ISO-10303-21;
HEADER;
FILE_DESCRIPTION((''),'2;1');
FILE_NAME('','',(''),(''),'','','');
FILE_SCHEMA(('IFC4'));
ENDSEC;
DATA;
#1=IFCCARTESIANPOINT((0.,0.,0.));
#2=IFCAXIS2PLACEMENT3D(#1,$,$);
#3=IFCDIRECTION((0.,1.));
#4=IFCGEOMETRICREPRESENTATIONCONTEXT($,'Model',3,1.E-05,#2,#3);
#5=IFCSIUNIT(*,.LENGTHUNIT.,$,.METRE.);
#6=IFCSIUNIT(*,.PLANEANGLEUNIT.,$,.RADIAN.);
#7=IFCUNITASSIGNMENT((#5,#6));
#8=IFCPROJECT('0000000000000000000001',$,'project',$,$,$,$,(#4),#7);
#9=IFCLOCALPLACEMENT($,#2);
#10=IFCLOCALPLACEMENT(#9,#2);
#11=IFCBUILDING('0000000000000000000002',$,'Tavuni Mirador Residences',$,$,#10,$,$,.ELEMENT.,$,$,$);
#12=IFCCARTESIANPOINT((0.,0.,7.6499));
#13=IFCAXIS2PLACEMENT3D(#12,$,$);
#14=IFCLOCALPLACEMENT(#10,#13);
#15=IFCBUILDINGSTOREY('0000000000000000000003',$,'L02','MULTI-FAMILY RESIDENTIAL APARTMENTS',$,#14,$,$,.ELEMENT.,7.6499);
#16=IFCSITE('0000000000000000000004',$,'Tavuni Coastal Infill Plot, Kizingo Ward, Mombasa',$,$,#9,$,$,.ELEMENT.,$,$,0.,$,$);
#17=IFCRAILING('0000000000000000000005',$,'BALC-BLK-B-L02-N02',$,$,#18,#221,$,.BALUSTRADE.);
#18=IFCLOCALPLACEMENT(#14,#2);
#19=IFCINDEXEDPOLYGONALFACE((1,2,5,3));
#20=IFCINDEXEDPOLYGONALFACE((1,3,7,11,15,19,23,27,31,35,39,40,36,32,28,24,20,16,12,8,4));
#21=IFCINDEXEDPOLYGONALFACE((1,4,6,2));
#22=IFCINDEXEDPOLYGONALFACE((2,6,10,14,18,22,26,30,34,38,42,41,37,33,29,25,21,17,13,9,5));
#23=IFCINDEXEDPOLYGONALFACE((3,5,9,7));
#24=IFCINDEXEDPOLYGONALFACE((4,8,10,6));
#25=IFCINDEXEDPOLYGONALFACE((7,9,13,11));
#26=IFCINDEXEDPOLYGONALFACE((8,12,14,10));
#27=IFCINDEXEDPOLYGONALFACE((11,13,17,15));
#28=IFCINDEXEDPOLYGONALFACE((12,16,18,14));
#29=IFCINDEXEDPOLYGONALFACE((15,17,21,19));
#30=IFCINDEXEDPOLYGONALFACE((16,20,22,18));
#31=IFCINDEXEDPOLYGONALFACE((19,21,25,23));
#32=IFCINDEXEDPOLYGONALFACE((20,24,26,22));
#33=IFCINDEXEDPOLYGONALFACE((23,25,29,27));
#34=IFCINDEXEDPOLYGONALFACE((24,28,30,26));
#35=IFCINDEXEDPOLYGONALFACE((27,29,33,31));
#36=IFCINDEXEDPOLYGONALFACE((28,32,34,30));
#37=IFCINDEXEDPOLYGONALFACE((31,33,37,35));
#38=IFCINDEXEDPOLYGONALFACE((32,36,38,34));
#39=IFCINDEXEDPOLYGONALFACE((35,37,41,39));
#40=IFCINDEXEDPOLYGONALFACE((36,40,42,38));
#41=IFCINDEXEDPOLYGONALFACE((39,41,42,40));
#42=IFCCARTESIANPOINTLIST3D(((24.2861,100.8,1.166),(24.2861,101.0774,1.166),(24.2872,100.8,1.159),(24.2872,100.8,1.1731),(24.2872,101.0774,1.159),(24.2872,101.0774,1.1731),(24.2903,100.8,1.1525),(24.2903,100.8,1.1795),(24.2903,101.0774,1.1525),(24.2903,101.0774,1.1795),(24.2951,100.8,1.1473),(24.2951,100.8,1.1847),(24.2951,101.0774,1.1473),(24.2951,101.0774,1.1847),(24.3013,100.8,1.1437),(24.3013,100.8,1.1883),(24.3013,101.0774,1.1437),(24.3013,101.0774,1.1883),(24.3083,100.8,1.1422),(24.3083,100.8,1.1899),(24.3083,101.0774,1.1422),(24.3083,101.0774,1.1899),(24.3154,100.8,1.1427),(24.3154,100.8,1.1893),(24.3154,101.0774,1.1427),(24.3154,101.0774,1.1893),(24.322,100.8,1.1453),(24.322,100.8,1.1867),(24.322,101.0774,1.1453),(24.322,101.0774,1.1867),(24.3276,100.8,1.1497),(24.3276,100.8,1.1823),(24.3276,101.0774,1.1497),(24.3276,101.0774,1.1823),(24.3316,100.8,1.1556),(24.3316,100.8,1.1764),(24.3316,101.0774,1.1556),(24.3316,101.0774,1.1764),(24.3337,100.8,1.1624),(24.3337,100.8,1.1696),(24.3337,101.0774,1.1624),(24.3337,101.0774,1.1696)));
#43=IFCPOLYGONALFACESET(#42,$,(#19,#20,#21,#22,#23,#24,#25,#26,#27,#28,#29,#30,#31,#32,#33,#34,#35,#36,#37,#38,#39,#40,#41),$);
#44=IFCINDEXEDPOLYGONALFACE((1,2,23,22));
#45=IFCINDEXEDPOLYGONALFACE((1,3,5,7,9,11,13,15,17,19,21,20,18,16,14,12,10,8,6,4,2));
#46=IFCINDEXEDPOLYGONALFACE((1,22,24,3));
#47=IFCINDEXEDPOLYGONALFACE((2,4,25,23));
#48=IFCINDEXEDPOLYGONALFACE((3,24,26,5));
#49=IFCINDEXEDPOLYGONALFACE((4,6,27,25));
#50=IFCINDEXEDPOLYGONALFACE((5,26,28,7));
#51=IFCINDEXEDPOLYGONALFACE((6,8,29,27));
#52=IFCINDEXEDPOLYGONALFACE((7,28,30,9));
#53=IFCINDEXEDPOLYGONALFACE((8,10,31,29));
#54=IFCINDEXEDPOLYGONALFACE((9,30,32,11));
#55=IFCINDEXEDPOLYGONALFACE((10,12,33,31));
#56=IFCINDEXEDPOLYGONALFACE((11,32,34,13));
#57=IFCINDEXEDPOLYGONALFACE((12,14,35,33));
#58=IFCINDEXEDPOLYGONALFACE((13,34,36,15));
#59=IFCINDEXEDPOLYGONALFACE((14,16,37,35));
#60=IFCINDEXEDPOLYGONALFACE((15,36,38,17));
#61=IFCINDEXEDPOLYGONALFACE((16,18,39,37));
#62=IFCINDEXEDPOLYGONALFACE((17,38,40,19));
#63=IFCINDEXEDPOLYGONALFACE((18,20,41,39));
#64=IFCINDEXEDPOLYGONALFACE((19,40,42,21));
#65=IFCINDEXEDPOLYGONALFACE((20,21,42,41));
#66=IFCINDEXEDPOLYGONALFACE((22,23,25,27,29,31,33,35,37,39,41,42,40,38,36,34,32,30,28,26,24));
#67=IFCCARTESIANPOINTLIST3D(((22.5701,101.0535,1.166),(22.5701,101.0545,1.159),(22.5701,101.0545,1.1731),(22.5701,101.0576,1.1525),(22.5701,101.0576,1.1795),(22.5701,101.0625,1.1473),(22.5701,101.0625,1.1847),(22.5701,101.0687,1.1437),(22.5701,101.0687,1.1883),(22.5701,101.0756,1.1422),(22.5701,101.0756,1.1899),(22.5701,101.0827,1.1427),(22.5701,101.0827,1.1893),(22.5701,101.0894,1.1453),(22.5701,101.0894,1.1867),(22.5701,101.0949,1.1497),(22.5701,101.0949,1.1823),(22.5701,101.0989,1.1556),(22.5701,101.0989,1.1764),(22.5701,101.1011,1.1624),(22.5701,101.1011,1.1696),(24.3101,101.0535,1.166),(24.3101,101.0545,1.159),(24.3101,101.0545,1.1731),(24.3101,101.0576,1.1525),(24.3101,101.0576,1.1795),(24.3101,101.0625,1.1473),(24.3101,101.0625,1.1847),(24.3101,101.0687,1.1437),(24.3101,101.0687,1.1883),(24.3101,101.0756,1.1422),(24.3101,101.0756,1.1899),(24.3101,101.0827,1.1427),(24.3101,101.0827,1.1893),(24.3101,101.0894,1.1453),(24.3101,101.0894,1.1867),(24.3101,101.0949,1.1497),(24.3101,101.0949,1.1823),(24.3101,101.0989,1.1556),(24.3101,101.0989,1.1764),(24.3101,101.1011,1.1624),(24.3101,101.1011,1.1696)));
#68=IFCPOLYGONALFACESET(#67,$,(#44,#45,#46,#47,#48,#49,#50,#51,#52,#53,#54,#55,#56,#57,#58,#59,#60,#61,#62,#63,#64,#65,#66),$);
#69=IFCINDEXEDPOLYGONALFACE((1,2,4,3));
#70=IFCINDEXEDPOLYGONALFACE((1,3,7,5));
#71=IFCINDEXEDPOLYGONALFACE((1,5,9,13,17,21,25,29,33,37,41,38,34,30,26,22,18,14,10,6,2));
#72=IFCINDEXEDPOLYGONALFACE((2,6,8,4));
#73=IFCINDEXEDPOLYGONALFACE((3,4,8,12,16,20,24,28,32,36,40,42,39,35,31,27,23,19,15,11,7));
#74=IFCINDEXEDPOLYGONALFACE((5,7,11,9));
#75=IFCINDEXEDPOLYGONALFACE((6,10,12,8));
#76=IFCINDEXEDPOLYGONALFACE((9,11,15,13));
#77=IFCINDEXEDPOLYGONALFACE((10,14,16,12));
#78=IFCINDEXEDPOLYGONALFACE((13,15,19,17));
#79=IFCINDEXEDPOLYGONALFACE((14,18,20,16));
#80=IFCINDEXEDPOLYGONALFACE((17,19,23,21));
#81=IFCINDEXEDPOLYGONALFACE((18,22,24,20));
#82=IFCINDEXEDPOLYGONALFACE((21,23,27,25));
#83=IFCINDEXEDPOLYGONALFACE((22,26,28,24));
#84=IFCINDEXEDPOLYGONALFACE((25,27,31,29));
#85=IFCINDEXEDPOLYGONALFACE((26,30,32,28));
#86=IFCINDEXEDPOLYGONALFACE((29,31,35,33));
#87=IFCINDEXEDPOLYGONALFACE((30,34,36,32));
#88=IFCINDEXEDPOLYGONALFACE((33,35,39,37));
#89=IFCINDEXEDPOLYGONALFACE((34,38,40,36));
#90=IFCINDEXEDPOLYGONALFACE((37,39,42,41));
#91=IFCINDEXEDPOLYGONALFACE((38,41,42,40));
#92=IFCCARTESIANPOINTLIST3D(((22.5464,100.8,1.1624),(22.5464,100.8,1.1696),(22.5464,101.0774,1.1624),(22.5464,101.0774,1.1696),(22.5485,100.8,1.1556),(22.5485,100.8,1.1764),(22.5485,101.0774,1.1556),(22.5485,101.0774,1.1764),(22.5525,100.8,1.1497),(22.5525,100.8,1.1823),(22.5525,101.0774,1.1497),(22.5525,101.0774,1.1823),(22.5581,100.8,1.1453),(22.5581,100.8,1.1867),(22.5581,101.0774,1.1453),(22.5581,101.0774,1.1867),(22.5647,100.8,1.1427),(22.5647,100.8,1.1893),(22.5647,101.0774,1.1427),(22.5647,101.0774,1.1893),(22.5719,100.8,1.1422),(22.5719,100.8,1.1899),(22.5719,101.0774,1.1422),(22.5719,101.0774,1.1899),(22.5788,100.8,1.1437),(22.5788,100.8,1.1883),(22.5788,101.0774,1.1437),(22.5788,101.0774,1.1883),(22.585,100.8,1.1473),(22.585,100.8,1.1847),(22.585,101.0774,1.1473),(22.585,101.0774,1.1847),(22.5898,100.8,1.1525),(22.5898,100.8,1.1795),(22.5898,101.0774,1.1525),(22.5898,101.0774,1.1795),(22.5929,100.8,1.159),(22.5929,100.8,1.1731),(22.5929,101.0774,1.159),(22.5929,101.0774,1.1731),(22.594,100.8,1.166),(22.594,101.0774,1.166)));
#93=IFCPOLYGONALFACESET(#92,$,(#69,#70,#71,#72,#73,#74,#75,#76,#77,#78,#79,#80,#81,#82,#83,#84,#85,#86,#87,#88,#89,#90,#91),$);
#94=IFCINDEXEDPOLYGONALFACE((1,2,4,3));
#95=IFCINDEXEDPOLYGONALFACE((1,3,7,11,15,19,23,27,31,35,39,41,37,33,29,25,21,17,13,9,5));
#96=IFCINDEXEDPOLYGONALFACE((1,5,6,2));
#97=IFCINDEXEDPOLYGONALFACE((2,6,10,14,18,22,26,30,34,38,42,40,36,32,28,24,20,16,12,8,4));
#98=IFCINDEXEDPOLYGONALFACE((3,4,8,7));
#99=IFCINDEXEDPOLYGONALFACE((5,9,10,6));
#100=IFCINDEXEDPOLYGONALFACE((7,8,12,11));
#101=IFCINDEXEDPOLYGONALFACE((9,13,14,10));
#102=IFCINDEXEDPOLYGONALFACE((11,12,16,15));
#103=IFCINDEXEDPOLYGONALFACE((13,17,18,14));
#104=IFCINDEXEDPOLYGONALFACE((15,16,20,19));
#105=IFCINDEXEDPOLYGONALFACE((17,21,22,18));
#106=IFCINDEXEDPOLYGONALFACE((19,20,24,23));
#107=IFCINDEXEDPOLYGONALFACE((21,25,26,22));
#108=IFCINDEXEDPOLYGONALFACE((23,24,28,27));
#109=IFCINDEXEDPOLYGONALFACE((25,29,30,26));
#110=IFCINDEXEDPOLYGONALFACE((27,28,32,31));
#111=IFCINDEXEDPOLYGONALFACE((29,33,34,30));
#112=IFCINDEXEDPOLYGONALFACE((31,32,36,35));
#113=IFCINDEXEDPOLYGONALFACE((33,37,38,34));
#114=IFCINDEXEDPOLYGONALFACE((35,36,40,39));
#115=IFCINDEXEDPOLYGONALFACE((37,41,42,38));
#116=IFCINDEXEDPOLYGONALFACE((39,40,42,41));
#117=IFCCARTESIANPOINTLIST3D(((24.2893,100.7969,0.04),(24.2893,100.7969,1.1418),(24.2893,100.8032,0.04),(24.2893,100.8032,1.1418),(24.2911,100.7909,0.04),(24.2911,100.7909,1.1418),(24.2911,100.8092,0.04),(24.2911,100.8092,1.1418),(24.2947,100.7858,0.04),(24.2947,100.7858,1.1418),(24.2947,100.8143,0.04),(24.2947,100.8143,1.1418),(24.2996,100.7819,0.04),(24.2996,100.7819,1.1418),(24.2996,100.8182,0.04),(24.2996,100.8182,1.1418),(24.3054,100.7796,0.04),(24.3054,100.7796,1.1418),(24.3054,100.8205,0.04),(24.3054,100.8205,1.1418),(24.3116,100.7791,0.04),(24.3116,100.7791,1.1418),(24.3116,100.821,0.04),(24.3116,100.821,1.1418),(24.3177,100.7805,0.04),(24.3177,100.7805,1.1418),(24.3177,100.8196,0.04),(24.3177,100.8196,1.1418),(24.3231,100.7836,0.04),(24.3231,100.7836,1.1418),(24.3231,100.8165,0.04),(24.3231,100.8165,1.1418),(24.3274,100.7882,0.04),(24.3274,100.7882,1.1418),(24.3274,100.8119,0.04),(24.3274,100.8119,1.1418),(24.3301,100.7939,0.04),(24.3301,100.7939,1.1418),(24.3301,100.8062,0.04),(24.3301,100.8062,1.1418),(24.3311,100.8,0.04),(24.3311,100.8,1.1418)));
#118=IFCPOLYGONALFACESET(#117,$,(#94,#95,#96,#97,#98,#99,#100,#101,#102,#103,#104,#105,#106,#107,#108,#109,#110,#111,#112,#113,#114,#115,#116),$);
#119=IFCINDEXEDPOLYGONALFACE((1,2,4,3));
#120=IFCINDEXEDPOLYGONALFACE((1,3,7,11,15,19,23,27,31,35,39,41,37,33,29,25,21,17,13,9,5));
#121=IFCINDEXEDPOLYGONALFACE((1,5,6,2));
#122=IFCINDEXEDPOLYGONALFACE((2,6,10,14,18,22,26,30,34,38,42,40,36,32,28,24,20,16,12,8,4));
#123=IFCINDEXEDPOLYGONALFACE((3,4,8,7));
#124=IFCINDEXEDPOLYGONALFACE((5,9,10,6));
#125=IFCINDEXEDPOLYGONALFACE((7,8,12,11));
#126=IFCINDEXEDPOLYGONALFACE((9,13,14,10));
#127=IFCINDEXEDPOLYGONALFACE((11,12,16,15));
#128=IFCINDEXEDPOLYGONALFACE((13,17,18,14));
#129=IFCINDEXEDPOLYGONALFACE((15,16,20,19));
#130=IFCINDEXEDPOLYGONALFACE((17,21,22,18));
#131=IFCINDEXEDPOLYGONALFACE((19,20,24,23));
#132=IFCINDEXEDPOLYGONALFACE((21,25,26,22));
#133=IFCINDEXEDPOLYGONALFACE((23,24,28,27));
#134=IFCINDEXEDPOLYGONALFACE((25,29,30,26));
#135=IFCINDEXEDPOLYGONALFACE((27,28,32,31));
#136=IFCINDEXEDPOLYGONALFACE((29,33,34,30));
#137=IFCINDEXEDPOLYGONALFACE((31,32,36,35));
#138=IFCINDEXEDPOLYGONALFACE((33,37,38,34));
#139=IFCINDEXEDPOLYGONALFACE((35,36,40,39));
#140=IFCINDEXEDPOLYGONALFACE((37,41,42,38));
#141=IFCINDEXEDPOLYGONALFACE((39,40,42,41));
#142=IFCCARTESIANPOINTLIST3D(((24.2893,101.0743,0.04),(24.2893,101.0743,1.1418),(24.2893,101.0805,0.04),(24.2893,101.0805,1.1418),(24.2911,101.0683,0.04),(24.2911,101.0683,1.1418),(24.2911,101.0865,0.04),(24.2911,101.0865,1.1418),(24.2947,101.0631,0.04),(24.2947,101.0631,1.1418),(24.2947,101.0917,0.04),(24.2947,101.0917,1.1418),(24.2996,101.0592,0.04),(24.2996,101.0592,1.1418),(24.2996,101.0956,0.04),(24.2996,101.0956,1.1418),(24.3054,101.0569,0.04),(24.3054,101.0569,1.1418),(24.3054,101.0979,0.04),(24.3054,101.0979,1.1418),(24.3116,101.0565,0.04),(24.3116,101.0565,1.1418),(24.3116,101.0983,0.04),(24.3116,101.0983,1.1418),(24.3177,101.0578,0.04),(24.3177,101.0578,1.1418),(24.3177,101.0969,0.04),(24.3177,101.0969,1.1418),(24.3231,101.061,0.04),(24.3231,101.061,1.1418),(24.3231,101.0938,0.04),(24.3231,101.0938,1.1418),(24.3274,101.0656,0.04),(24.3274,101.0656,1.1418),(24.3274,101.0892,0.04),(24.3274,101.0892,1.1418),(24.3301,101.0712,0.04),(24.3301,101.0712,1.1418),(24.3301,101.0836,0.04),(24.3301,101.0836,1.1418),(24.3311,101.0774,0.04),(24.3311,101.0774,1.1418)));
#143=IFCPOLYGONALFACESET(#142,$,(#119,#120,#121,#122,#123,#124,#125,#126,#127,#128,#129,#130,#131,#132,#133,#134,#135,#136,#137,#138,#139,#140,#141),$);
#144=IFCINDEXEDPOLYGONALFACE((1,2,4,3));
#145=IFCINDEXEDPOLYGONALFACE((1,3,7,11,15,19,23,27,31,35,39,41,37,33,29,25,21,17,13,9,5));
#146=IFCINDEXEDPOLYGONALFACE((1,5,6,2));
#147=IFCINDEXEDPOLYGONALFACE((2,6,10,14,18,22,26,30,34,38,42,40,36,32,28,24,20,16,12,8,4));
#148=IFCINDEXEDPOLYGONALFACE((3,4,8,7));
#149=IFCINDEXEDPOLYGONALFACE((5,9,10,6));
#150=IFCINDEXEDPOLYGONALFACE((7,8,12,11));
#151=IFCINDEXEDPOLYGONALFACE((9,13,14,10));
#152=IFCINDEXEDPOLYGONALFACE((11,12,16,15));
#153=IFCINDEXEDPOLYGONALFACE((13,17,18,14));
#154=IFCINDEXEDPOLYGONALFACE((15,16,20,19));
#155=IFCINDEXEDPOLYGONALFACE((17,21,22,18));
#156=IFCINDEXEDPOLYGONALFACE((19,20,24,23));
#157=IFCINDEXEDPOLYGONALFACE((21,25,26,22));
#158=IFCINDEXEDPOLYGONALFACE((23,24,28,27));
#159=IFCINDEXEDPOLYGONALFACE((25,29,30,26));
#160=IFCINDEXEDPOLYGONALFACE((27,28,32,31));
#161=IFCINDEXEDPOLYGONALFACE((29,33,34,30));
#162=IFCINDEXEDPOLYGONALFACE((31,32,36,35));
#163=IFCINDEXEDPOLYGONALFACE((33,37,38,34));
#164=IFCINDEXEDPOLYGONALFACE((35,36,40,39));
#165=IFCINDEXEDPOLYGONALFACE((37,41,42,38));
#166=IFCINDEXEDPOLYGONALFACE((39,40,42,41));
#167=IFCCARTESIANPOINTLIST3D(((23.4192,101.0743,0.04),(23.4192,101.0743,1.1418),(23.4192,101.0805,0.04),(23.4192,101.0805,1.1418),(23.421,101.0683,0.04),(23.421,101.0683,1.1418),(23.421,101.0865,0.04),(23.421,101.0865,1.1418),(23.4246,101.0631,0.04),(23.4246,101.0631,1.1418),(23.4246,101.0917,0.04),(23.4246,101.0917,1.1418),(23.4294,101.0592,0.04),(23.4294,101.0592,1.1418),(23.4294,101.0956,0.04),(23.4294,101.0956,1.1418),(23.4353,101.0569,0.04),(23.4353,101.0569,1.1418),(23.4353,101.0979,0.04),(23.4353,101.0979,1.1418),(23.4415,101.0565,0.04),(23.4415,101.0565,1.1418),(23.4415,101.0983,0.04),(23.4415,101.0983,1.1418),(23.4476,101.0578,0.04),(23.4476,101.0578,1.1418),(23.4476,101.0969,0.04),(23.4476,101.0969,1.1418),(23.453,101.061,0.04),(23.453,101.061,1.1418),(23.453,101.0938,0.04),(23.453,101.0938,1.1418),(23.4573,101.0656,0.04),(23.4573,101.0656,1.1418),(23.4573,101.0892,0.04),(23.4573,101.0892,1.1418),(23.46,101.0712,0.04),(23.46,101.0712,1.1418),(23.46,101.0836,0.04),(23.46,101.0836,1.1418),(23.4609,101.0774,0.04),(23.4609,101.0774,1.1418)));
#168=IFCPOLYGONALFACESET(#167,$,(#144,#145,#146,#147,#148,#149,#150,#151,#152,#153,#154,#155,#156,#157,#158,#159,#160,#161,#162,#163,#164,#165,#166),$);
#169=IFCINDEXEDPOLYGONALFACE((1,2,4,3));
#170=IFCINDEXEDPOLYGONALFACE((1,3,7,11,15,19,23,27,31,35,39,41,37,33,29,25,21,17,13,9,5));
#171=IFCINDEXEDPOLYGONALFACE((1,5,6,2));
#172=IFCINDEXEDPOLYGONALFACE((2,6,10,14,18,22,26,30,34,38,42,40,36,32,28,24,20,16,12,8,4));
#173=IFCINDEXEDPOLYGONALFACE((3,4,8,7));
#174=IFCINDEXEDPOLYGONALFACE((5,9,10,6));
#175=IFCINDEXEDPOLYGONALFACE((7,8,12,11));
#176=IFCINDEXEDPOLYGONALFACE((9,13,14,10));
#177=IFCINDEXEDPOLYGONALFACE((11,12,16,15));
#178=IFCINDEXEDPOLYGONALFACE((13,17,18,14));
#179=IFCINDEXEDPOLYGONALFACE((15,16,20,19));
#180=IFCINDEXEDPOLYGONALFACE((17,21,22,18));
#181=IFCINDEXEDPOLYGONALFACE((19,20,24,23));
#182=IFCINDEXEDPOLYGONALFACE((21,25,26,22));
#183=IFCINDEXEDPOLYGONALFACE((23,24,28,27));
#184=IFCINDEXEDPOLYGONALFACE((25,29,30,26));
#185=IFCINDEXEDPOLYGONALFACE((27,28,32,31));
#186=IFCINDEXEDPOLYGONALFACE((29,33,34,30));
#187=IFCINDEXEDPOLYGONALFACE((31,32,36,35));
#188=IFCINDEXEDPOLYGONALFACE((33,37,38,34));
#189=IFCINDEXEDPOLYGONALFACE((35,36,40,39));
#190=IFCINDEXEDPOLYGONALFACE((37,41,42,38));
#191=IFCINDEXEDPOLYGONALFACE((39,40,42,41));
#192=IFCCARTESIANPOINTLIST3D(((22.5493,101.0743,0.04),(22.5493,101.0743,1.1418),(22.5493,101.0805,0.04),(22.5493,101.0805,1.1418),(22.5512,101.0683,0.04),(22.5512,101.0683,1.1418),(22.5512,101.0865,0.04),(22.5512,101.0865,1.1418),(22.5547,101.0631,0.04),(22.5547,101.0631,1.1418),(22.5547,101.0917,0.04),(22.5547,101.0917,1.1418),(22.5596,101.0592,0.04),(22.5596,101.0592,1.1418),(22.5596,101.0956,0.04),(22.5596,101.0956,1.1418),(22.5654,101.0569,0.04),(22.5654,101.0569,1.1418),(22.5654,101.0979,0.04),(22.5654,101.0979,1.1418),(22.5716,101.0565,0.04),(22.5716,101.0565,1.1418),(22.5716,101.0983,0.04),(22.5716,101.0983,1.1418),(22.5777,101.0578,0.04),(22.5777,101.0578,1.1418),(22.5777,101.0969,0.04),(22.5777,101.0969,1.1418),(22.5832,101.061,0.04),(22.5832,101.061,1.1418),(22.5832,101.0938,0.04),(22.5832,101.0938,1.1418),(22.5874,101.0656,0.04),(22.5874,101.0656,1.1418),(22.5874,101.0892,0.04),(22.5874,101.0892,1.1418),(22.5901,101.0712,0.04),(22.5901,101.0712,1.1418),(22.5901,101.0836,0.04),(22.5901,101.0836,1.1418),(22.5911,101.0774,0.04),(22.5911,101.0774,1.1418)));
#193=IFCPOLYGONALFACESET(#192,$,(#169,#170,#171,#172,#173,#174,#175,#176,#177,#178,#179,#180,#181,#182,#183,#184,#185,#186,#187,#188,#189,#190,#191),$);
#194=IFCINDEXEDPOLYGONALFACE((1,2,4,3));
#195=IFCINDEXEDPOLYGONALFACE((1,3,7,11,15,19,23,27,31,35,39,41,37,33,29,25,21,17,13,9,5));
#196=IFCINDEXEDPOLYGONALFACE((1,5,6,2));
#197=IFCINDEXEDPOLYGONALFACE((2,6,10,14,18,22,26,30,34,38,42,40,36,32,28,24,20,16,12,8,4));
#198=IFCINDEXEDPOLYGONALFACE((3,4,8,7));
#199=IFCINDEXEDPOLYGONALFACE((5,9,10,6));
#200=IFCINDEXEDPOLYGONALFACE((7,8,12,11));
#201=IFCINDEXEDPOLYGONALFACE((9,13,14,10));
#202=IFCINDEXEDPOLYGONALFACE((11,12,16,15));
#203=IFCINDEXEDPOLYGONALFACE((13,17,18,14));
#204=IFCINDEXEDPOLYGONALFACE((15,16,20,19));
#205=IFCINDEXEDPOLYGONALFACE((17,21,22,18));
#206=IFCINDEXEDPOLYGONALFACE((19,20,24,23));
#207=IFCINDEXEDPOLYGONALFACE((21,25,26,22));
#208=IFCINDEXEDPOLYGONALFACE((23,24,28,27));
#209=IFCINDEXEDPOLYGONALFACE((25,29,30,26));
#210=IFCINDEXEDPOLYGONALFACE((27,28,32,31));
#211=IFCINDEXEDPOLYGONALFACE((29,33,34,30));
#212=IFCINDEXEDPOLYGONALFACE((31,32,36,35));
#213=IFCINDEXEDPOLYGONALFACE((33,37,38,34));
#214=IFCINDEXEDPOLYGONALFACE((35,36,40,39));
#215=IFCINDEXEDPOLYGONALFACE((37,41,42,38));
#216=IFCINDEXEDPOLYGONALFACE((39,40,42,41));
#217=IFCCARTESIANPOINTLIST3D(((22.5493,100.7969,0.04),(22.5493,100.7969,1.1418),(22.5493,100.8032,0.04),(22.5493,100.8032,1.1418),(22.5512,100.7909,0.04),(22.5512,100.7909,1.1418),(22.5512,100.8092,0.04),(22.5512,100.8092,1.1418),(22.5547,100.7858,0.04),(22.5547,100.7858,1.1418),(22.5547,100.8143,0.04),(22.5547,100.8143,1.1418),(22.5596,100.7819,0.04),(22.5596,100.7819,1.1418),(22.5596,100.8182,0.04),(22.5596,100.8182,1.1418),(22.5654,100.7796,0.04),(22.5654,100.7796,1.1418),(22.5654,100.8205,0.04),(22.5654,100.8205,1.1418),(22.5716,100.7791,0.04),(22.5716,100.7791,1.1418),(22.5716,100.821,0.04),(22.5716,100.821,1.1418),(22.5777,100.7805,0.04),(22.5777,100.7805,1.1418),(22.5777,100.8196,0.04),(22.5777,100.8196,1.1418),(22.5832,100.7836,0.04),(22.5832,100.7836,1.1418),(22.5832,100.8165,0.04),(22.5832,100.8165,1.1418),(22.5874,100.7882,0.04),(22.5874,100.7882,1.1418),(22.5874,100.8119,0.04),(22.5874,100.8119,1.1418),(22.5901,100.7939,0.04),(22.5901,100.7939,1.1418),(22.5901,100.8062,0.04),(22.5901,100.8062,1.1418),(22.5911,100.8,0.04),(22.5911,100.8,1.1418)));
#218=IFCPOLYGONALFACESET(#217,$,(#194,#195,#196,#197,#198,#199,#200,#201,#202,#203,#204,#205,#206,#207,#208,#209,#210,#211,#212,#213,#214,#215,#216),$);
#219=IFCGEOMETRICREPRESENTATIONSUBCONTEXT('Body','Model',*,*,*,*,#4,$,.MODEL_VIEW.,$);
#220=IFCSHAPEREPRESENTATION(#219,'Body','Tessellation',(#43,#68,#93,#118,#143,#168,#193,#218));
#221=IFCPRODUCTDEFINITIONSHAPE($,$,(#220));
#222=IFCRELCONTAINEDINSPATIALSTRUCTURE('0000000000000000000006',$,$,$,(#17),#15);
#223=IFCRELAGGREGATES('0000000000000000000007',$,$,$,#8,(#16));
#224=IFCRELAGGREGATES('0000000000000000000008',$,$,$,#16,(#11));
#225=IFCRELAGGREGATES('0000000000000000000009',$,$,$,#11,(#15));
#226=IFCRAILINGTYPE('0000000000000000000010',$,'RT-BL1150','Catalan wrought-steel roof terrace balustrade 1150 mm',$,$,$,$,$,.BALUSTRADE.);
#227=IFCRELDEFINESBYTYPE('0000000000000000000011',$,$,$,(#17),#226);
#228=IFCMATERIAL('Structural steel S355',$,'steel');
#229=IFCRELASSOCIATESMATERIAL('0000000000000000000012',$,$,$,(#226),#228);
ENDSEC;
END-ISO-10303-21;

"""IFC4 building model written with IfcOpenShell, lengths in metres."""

from ifc_helpers import new_model, si_unit, direction, frame, origin, origin_2d, place, context, subcontext, project, spatial, circle, extrude, material, type_object, element, save


model = new_model("IFC4")

# Units and contexts
model_context = context("Model", 3, precision=1e-05, world=origin(), true_north=direction((0.0, 1.0)))
body_context = subcontext(model_context, "Body", "Model", "MODEL_VIEW")
ifc_project = project(units=[si_unit("LENGTHUNIT", "METRE"), si_unit("PLANEANGLEUNIT", "RADIAN")], contexts=[model_context])

# Site, building, storey
site_placement = place(None, origin())
site = spatial("IfcSite", under=ifc_project, at=site_placement, Name="Tavuni Coastal Infill Plot, Kizingo Ward, Mombasa", CompositionType="ELEMENT", RefElevation=0.0)
building_placement = place(site_placement, origin())
building = spatial("IfcBuilding", under=site, at=building_placement, Name="Tavuni Mirador Residences", CompositionType="ELEMENT")
storey_placement = place(building_placement, frame((0.0, 0.0, 7.6499)))
storey = spatial("IfcBuildingStorey", under=building, at=storey_placement, Name="L02", Description="MULTI-FAMILY RESIDENTIAL APARTMENTS", CompositionType="ELEMENT", Elevation=7.6499)

# Shared definitions
ifc_material_1 = material(Name="Structural steel S355", Category="steel")

# Railing
railing_type = type_object("IfcRailingType", Name="RT-BL1150", Description="Catalan wrought-steel roof terrace balustrade 1150 mm", PredefinedType="BALUSTRADE", material=ifc_material_1)
railing_placement = place(storey_placement, frame((24.3101, 100.8, 0.04)))
element("IfcRailing", 1, at=railing_placement, inside=storey, type_object=railing_type, Name="BALC-BLK-B-L02-N02", PredefinedType="BALUSTRADE", context=body_context, shape_type="SweptSolid", body=[
    extrude(circle(Radius=0.0239, at=origin_2d()), frame((0.0, 0.0, 1.126), z_axis=(0.0, 1.0, 0.0), x_axis=(-1.0, 0.0, 0.0)), (0.0, 0.0, 1.0), 0.2773),
    extrude(circle(Radius=0.0239, at=origin_2d()), frame((0.0, 0.2773, 1.126), z_axis=(-1.0, 0.0, 0.0), x_axis=(0.0, -1.0, 0.0)), (0.0, 0.0, 1.0), 1.74),
    extrude(circle(Radius=0.0239, at=origin_2d()), frame((-1.74, 0.2773, 1.126), z_axis=(0.0, -1.0, 0.0), x_axis=(1.0, 0.0, 0.0)), (0.0, 0.0, 1.0), 0.2773),
    extrude(circle(Radius=0.021, at=origin_2d()), origin(), (0.0, 0.0, 1.0), 1.1018),
    extrude(circle(Radius=0.021, at=origin_2d()), frame((0.0, 0.2773, 0.0)), (0.0, 0.0, 1.0), 1.1018),
    extrude(circle(Radius=0.021, at=origin_2d()), frame((-0.8701, 0.2773, 0.0)), (0.0, 0.0, 1.0), 1.1018),
    extrude(circle(Radius=0.021, at=origin_2d()), frame((-1.74, 0.2773, 0.0)), (0.0, 0.0, 1.0), 1.1018),
    extrude(circle(Radius=0.021, at=origin_2d()), frame((-1.74, 0.0, 0.0)), (0.0, 0.0, 1.0), 1.1018),
])

save(model, "model.ifc")
